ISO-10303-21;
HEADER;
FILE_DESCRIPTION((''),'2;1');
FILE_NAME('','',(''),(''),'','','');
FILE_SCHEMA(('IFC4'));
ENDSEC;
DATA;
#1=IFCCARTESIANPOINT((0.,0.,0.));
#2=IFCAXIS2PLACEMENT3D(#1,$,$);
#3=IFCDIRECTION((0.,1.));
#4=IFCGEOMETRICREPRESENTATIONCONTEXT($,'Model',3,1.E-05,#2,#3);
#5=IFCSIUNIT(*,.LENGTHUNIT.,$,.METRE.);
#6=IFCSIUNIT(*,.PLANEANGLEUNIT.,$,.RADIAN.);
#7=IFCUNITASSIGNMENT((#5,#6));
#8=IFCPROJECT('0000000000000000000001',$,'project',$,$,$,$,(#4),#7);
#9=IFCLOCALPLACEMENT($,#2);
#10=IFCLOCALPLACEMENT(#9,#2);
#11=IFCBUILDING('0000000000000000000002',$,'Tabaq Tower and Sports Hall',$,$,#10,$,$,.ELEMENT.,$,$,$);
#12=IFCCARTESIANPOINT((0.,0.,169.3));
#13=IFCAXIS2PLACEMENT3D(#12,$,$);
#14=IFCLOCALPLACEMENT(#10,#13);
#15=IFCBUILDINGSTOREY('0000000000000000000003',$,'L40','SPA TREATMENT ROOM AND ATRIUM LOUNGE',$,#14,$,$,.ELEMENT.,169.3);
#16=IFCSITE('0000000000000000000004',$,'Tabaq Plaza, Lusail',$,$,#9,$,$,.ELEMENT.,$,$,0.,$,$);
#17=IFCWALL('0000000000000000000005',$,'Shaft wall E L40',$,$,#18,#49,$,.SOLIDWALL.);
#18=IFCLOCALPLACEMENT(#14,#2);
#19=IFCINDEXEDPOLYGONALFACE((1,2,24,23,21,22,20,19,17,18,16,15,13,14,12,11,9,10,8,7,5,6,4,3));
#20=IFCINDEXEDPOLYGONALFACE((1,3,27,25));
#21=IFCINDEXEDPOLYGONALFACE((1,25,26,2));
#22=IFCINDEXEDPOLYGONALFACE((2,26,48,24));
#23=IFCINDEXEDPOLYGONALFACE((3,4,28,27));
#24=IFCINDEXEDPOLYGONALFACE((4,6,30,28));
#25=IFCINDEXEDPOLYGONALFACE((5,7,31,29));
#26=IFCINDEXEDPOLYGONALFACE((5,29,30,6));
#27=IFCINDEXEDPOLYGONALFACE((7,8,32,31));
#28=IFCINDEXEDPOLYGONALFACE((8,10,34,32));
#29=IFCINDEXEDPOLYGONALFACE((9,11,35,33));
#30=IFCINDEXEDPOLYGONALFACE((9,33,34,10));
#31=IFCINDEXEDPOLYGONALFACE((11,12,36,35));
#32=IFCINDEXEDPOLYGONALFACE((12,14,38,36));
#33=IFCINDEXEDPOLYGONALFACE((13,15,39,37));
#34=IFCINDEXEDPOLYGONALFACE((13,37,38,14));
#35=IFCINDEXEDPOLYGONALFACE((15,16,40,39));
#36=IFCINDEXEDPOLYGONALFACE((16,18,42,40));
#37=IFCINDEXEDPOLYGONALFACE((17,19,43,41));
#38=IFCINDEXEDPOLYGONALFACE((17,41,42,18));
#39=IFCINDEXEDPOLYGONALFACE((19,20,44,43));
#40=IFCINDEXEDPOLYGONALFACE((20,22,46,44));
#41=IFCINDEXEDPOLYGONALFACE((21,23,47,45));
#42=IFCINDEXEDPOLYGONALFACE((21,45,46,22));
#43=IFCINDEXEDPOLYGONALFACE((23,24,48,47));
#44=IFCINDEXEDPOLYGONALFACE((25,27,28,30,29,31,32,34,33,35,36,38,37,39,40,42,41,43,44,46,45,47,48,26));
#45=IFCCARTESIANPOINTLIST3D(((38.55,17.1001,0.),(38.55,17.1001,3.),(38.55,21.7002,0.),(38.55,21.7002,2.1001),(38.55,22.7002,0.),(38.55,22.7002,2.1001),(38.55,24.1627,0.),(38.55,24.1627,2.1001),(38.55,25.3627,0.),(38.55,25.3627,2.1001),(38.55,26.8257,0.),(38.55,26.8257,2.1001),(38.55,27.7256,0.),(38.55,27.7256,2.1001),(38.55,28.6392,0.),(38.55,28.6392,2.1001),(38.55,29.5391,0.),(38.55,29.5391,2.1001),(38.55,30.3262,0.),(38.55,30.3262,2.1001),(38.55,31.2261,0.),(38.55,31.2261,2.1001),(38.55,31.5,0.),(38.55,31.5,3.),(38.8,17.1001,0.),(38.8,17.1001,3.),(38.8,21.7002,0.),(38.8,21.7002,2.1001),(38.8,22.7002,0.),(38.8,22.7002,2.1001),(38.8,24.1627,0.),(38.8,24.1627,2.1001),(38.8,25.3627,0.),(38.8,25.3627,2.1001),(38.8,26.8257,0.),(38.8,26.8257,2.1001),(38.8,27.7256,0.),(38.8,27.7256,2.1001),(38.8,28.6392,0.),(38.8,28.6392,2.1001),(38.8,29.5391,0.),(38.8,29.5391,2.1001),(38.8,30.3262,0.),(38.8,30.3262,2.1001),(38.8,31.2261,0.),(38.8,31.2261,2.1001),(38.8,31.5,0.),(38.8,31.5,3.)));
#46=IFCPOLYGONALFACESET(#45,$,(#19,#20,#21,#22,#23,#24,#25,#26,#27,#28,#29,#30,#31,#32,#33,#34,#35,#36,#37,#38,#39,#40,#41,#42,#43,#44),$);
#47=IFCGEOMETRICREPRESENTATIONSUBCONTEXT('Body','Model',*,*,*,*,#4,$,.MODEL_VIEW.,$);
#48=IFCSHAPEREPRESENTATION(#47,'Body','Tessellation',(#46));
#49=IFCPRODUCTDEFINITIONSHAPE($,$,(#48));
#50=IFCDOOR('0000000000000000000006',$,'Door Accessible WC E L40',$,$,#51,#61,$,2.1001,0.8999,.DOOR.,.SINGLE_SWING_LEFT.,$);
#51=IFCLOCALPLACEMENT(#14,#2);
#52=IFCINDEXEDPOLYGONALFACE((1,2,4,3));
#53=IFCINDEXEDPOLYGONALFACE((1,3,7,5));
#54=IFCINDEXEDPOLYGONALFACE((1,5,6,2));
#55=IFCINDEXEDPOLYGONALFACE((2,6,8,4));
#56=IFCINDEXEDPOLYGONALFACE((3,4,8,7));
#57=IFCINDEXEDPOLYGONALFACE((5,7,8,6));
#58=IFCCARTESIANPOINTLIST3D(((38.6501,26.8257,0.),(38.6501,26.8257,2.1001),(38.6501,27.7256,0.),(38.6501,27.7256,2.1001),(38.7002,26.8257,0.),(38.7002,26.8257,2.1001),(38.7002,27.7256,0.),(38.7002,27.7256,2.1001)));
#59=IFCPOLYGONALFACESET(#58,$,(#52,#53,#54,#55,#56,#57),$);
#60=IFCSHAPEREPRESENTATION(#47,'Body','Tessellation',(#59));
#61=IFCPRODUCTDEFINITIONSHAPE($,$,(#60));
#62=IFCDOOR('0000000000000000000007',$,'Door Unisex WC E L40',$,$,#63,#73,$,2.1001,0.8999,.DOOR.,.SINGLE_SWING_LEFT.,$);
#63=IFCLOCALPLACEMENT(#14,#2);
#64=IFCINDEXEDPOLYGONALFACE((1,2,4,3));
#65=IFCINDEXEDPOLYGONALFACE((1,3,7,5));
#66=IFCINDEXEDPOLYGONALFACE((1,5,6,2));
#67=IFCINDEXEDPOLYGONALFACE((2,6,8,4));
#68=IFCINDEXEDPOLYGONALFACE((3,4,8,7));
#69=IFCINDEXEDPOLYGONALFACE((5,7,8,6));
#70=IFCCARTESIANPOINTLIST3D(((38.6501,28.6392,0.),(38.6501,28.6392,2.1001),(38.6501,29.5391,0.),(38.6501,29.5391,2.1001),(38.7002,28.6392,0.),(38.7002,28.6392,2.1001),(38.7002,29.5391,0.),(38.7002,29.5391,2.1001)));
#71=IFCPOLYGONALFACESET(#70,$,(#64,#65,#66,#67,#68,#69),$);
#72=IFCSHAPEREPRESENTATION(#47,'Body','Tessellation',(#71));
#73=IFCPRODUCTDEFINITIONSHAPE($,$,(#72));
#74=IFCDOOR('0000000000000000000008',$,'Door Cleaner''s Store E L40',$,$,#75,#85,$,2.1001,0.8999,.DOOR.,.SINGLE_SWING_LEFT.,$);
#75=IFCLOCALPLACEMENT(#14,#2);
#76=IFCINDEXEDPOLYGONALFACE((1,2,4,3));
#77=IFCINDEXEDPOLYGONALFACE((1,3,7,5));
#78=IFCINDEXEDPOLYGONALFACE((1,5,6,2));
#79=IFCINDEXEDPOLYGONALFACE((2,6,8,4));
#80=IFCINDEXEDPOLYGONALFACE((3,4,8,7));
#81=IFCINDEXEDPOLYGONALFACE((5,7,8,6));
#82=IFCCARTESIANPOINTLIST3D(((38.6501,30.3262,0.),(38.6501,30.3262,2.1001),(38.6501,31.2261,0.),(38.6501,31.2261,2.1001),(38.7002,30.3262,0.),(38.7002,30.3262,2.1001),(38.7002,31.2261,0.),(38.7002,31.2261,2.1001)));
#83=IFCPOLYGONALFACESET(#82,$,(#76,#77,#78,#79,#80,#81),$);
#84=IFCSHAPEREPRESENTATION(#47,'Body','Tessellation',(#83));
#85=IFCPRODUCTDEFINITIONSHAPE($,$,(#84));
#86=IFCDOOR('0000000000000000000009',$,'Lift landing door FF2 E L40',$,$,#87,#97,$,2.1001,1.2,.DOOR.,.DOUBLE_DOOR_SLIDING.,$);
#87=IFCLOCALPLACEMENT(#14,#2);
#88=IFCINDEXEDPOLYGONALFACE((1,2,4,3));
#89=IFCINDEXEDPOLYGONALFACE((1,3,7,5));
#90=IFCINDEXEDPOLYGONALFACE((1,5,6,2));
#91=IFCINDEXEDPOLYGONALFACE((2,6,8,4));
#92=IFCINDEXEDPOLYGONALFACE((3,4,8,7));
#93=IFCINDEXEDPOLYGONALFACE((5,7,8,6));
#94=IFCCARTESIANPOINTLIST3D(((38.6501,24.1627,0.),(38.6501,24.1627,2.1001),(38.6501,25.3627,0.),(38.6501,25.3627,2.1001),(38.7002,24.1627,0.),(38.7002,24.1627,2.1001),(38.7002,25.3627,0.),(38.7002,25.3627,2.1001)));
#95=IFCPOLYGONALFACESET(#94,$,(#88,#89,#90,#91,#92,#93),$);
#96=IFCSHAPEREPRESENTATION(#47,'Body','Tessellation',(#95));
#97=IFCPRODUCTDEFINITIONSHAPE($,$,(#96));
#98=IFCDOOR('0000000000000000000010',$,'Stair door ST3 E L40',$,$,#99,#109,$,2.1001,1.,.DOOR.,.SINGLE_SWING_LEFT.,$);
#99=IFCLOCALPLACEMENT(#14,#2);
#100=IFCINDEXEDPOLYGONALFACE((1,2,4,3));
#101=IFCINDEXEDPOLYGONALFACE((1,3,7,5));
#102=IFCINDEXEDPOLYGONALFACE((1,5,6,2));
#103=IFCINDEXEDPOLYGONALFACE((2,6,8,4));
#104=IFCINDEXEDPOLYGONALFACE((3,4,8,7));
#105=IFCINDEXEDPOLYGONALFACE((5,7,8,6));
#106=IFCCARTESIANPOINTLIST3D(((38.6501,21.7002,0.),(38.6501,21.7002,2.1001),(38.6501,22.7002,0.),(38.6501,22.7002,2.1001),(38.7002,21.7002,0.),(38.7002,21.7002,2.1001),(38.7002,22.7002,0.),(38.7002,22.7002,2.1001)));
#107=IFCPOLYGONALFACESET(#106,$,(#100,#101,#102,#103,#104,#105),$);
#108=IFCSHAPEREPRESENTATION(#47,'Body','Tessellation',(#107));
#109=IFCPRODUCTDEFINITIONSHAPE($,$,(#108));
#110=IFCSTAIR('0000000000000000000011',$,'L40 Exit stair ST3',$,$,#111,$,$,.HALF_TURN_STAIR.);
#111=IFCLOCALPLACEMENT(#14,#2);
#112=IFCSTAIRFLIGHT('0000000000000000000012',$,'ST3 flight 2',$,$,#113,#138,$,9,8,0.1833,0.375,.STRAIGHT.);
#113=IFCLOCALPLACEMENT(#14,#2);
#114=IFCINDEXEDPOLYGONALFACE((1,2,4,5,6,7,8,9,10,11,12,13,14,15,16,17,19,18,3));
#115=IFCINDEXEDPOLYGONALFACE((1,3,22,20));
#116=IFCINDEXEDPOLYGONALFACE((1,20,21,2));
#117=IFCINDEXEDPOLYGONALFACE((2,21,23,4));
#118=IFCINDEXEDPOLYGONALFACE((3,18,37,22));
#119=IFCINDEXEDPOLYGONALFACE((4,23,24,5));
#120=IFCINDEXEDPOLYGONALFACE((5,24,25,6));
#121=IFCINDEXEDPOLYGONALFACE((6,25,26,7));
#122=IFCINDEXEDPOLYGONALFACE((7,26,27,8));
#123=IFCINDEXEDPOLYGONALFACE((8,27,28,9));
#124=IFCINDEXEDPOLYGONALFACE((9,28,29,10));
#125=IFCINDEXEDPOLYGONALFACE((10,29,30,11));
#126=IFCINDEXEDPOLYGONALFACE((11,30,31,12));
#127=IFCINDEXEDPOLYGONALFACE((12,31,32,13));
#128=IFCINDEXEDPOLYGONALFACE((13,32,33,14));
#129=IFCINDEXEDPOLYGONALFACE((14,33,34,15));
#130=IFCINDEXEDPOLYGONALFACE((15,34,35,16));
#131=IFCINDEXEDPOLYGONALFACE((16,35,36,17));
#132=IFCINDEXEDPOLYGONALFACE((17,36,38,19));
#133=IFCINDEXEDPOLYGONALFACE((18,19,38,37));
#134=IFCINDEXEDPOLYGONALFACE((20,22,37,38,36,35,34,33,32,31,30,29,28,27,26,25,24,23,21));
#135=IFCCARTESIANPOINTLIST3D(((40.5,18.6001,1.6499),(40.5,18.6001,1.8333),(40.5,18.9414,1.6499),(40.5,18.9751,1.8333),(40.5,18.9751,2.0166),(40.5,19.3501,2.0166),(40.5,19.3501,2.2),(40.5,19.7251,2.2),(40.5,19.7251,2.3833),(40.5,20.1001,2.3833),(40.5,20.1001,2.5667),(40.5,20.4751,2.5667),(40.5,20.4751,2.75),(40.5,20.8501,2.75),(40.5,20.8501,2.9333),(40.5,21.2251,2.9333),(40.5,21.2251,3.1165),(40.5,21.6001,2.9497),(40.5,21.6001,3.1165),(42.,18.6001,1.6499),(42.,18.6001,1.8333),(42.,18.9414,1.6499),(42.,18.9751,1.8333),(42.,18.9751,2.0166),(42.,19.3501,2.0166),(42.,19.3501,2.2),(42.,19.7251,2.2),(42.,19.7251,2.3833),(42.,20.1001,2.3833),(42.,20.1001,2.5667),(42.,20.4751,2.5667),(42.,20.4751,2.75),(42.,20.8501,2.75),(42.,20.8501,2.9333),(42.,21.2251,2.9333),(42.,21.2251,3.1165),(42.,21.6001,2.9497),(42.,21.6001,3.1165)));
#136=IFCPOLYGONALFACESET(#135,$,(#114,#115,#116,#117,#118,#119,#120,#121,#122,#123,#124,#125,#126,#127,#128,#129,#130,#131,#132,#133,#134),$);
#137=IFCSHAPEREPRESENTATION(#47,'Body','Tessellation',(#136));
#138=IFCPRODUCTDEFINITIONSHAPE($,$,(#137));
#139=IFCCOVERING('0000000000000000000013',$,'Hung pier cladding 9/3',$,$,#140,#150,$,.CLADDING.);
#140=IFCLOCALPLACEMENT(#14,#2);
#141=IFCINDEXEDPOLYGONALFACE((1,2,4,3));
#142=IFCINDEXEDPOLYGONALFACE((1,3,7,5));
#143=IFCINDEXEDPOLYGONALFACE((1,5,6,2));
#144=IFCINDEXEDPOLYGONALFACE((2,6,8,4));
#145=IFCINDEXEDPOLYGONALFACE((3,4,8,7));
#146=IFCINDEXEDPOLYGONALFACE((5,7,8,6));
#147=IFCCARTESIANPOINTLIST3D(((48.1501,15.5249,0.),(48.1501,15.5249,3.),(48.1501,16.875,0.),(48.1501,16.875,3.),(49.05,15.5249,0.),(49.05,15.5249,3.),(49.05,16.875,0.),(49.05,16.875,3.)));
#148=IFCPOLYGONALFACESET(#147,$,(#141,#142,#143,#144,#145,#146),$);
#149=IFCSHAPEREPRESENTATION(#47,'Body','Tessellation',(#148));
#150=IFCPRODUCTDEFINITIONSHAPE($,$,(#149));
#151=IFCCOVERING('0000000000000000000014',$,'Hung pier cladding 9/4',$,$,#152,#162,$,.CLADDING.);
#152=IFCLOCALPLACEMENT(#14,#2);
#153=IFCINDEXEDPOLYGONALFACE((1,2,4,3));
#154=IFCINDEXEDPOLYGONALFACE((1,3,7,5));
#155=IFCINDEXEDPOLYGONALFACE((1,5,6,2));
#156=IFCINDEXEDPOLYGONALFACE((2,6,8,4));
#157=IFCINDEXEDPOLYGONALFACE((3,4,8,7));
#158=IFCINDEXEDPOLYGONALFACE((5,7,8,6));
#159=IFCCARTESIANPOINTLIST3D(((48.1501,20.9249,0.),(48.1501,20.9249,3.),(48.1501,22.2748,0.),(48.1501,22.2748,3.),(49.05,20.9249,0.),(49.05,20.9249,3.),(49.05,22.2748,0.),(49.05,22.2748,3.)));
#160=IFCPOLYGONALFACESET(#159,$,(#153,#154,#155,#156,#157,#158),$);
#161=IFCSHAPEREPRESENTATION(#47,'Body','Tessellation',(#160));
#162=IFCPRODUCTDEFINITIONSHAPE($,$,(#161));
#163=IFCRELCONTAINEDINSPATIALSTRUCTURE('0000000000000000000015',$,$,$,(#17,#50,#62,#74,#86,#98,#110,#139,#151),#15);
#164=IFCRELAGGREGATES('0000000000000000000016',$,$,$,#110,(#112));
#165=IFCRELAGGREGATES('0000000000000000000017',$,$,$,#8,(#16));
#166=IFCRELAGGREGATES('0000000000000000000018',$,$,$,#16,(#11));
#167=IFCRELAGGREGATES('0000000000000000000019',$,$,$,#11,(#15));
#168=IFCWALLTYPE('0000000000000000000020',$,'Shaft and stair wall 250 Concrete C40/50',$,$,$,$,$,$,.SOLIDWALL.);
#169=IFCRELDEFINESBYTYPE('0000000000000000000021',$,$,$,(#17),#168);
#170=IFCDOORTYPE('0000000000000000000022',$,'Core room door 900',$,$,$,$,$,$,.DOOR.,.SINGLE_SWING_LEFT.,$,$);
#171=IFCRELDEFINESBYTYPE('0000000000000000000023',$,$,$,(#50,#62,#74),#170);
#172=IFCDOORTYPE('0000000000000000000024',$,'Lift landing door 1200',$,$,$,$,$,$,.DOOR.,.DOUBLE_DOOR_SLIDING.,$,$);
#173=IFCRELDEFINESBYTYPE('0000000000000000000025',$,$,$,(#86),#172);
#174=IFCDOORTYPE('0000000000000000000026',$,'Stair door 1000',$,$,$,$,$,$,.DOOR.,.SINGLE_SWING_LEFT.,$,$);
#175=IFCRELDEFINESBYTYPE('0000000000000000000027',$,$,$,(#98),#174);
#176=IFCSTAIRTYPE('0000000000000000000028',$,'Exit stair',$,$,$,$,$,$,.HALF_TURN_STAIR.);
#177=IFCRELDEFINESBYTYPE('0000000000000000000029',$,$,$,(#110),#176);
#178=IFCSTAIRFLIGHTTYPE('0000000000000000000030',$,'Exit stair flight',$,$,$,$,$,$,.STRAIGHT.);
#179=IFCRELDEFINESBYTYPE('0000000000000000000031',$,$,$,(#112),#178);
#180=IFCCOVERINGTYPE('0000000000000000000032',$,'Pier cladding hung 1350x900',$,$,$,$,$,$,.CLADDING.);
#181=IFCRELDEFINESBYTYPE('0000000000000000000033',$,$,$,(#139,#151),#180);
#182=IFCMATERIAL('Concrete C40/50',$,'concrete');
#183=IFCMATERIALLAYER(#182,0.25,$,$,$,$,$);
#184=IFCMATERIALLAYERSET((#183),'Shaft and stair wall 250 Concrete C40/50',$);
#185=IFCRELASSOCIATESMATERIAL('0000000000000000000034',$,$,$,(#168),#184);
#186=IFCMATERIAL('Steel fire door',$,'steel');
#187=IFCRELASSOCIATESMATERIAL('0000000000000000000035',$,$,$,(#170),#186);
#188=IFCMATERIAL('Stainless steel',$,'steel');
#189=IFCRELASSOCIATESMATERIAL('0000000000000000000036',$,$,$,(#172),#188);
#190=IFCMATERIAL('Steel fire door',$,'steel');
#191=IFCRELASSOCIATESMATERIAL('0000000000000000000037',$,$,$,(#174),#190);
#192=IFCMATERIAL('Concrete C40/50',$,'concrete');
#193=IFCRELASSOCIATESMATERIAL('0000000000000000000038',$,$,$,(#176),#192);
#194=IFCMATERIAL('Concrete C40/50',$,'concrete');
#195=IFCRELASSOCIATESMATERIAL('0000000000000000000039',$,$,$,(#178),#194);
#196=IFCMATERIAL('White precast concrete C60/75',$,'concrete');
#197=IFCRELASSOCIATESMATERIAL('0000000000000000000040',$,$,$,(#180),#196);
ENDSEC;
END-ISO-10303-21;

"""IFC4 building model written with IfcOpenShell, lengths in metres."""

from ifc_helpers import new_model, si_unit, direction, frame, frame_2d, origin, place, context, subcontext, project, spatial, polyline, rectangle, outline, extrude, material, layer, layer_set, type_object, element, fill, aggregate, save


model = new_model("IFC4")

# Units and contexts
model_context = context("Model", 3, precision=1e-05, world=origin(), true_north=direction((0.0, 1.0)))
body_context = subcontext(model_context, "Body", "Model", "MODEL_VIEW")
ifc_project = project(units=[si_unit("LENGTHUNIT", "METRE"), si_unit("PLANEANGLEUNIT", "RADIAN")], contexts=[model_context])

# Site, building, storey
site_placement = place(None, origin())
site = spatial("IfcSite", under=ifc_project, at=site_placement, Name="Tabaq Plaza, Lusail", CompositionType="ELEMENT", RefElevation=0.0)
building_placement = place(site_placement, origin())
building = spatial("IfcBuilding", under=site, at=building_placement, Name="Tabaq Tower and Sports Hall", CompositionType="ELEMENT")
storey_placement = place(building_placement, frame((0.0, 0.0, 169.3)))
storey = spatial("IfcBuildingStorey", under=building, at=storey_placement, Name="L40", Description="SPA TREATMENT ROOM AND ATRIUM LOUNGE", CompositionType="ELEMENT", Elevation=169.3)

# Wall, openings, doors
ifc_material_1 = material(Name="Concrete C40/50", Category="concrete")
ifc_layer_1 = layer(ifc_material_1, 0.25)
ifc_layer_set_1 = layer_set([ifc_layer_1], Name="Shaft and stair wall 250 Concrete C40/50")
wall_type_1 = type_object("IfcWallType", Name="Shaft and stair wall 250 Concrete C40/50", PredefinedType="SOLIDWALL", material=ifc_layer_set_1)
wall_1_placement = place(storey_placement, frame((38.675, 17.1001, 0.0), z_axis=(0.0, 0.0, 1.0), x_axis=(0.0, 1.0, 0.0)))
wall_1 = element("IfcWall", 1, at=wall_1_placement, inside=storey, type_object=wall_type_1, Name="Shaft wall E L40", PredefinedType="SOLIDWALL", context=body_context, shape_type="SweptSolid", body=[
    extrude(rectangle(XDim=14.3999, YDim=0.25, at=frame_2d((7.2, 0.0))), origin(), (0.0, 0.0, 1.0), 3.0),
])
opening_1_placement = place(wall_1_placement, frame((4.6001, 0.0, 0.0)))
opening_1 = element("IfcOpeningElement", 2, at=opening_1_placement, cuts=wall_1, PredefinedType="OPENING", context=body_context, shape_type="SweptSolid", body=[
    extrude(rectangle(XDim=1.0, YDim=2.1001, at=frame_2d((0.5, 1.05))), frame((0.0, 0.125, 0.0), z_axis=(0.0, -1.0, 0.0), x_axis=(1.0, 0.0, 0.0)), (0.0, 0.0, 1.0), 0.25),
])
opening_2_placement = place(wall_1_placement, frame((7.0625, 0.0, 0.0)))
opening_2 = element("IfcOpeningElement", 3, at=opening_2_placement, cuts=wall_1, PredefinedType="OPENING", context=body_context, shape_type="SweptSolid", body=[
    extrude(rectangle(XDim=1.2, YDim=2.1001, at=frame_2d((0.6001, 1.05))), frame((0.0, 0.125, 0.0), z_axis=(0.0, -1.0, 0.0), x_axis=(1.0, 0.0, 0.0)), (0.0, 0.0, 1.0), 0.25),
])
opening_3_placement = place(wall_1_placement, frame((9.7256, 0.0, 0.0)))
opening_3 = element("IfcOpeningElement", 4, at=opening_3_placement, cuts=wall_1, PredefinedType="OPENING", context=body_context, shape_type="SweptSolid", body=[
    extrude(rectangle(XDim=0.8999, YDim=2.1001, at=frame_2d((0.45, 1.05))), frame((0.0, 0.125, 0.0), z_axis=(0.0, -1.0, 0.0), x_axis=(1.0, 0.0, 0.0)), (0.0, 0.0, 1.0), 0.25),
])
opening_4_placement = place(wall_1_placement, frame((11.5391, 0.0, 0.0)))
opening_4 = element("IfcOpeningElement", 5, at=opening_4_placement, cuts=wall_1, PredefinedType="OPENING", context=body_context, shape_type="SweptSolid", body=[
    extrude(rectangle(XDim=0.8999, YDim=2.1001, at=frame_2d((0.45, 1.05))), frame((0.0, 0.125, 0.0), z_axis=(0.0, -1.0, 0.0), x_axis=(1.0, 0.0, 0.0)), (0.0, 0.0, 1.0), 0.25),
])
opening_5_placement = place(wall_1_placement, frame((13.2261, 0.0, 0.0)))
opening_5 = element("IfcOpeningElement", 6, at=opening_5_placement, cuts=wall_1, PredefinedType="OPENING", context=body_context, shape_type="SweptSolid", body=[
    extrude(rectangle(XDim=0.8999, YDim=2.1001, at=frame_2d((0.45, 1.05))), frame((0.0, 0.125, 0.0), z_axis=(0.0, -1.0, 0.0), x_axis=(1.0, 0.0, 0.0)), (0.0, 0.0, 1.0), 0.25),
])
ifc_material_2 = material(Name="Steel fire door", Category="steel")
door_type_1 = type_object("IfcDoorType", Name="Core room door 900", OperationType="SINGLE_SWING_LEFT", PredefinedType="DOOR", material=ifc_material_2)
door_1_placement = place(opening_3_placement, origin())
door_1 = element("IfcDoor", 7, at=door_1_placement, inside=storey, type_object=door_type_1, Name="Door Accessible WC E L40", OperationType="SINGLE_SWING_LEFT", OverallHeight=2.1001, OverallWidth=0.8999, PredefinedType="DOOR", context=body_context, shape_type="SweptSolid", body=[
    extrude(rectangle(XDim=0.8999, YDim=2.1001, at=frame_2d((0.45, 1.05))), frame((0.0, 0.0249, 0.0), z_axis=(0.0, -1.0, 0.0), x_axis=(1.0, 0.0, 0.0)), (0.0, 0.0, 1.0), 0.05),
])
fill(opening_3, door_1)
door_2_placement = place(opening_4_placement, origin())
door_2 = element("IfcDoor", 8, at=door_2_placement, inside=storey, type_object=door_type_1, Name="Door Unisex WC E L40", OperationType="SINGLE_SWING_LEFT", OverallHeight=2.1001, OverallWidth=0.8999, PredefinedType="DOOR", context=body_context, shape_type="SweptSolid", body=[
    extrude(rectangle(XDim=0.8999, YDim=2.1001, at=frame_2d((0.45, 1.05))), frame((0.0, 0.0249, 0.0), z_axis=(0.0, -1.0, 0.0), x_axis=(1.0, 0.0, 0.0)), (0.0, 0.0, 1.0), 0.05),
])
fill(opening_4, door_2)
door_3_placement = place(opening_5_placement, origin())
door_3 = element("IfcDoor", 9, at=door_3_placement, inside=storey, type_object=door_type_1, Name="Door Cleaner's Store E L40", OperationType="SINGLE_SWING_LEFT", OverallHeight=2.1001, OverallWidth=0.8999, PredefinedType="DOOR", context=body_context, shape_type="SweptSolid", body=[
    extrude(rectangle(XDim=0.8999, YDim=2.1001, at=frame_2d((0.45, 1.05))), frame((0.0, 0.0249, 0.0), z_axis=(0.0, -1.0, 0.0), x_axis=(1.0, 0.0, 0.0)), (0.0, 0.0, 1.0), 0.05),
])
fill(opening_5, door_3)
ifc_material_3 = material(Name="Stainless steel", Category="steel")
door_type_2 = type_object("IfcDoorType", Name="Lift landing door 1200", OperationType="DOUBLE_DOOR_SLIDING", PredefinedType="DOOR", material=ifc_material_3)
door_4_placement = place(opening_2_placement, origin())
door_4 = element("IfcDoor", 10, at=door_4_placement, inside=storey, type_object=door_type_2, Name="Lift landing door FF2 E L40", OperationType="DOUBLE_DOOR_SLIDING", OverallHeight=2.1001, OverallWidth=1.2, PredefinedType="DOOR", context=body_context, shape_type="SweptSolid", body=[
    extrude(rectangle(XDim=1.2, YDim=2.1001, at=frame_2d((0.6001, 1.05))), frame((0.0, 0.0249, 0.0), z_axis=(0.0, -1.0, 0.0), x_axis=(1.0, 0.0, 0.0)), (0.0, 0.0, 1.0), 0.05),
])
fill(opening_2, door_4)
ifc_material_4 = material(Name="Steel fire door", Category="steel")
door_type_3 = type_object("IfcDoorType", Name="Stair door 1000", OperationType="SINGLE_SWING_LEFT", PredefinedType="DOOR", material=ifc_material_4)
door_5_placement = place(opening_1_placement, origin())
door_5 = element("IfcDoor", 11, at=door_5_placement, inside=storey, type_object=door_type_3, Name="Stair door ST3 E L40", OperationType="SINGLE_SWING_LEFT", OverallHeight=2.1001, OverallWidth=1.0, PredefinedType="DOOR", context=body_context, shape_type="SweptSolid", body=[
    extrude(rectangle(XDim=1.0, YDim=2.1001, at=frame_2d((0.5, 1.05))), frame((0.0, 0.0249, 0.0), z_axis=(0.0, -1.0, 0.0), x_axis=(1.0, 0.0, 0.0)), (0.0, 0.0, 1.0), 0.05),
])
fill(opening_1, door_5)

# Stair, stair flight
ifc_material_5 = material(Name="Concrete C40/50", Category="concrete")
stair_type = type_object("IfcStairType", Name="Exit stair", PredefinedType="HALF_TURN_STAIR", material=ifc_material_5)
stair_placement = place(storey_placement, origin())
stair = element("IfcStair", 12, at=stair_placement, inside=storey, type_object=stair_type, Name="L40 Exit stair ST3", PredefinedType="HALF_TURN_STAIR")
ifc_material_6 = material(Name="Concrete C40/50", Category="concrete")
stair_flight_type = type_object("IfcStairFlightType", Name="Exit stair flight", PredefinedType="STRAIGHT", material=ifc_material_6)
stair_flight_placement = place(storey_placement, frame((41.25, 18.6001, 1.6499), z_axis=(0.0, 0.0, 1.0), x_axis=(0.0, 1.0, 0.0)))
stair_flight = element("IfcStairFlight", 13, at=stair_flight_placement, type_object=stair_flight_type, Name="ST3 flight 2", NumberOfRisers=9, NumberOfTreads=8, PredefinedType="STRAIGHT", RiserHeight=0.1833, TreadLength=0.375, context=body_context, shape_type="SweptSolid", body=[
    extrude(outline(polyline([(0.0, 0.0), (0.0, 0.1833), (0.375, 0.1833), (0.375, 0.3667), (0.75, 0.3667), (0.75, 0.55), (1.125, 0.55), (1.125, 0.7334), (1.5, 0.7334), (1.5, 0.9167), (1.875, 0.9167), (1.875, 1.1001), (2.25, 1.1001), (2.25, 1.2834), (2.625, 1.2834), (2.625, 1.4666), (3.0, 1.4666), (3.0, 1.6499), (3.0, 1.2998), (0.3413, 0.0), (0.0, 0.0)])), frame((0.0, 0.75, 0.0), z_axis=(0.0, -1.0, 0.0), x_axis=(1.0, 0.0, 0.0)), (0.0, 0.0, 1.0), 1.5),
])
aggregate(stair, [stair_flight])

# Coverings
ifc_material_7 = material(Name="White precast concrete C60/75", Category="concrete")
covering_type_1 = type_object("IfcCoveringType", Name="Pier cladding hung 1350x900", PredefinedType="CLADDING", material=ifc_material_7)
covering_1_placement = place(storey_placement, frame((48.6001, 15.5249, 0.0), z_axis=(0.0, 0.0, 1.0), x_axis=(0.0, 1.0, 0.0)))
element("IfcCovering", 14, at=covering_1_placement, inside=storey, type_object=covering_type_1, Name="Hung pier cladding 9/3", PredefinedType="CLADDING", context=body_context, shape_type="SweptSolid", body=[
    extrude(rectangle(XDim=1.3501, YDim=0.8999, at=frame_2d((0.675, 0.0))), origin(), (0.0, 0.0, 1.0), 3.0),
])
covering_2_placement = place(storey_placement, frame((48.6001, 20.925, 0.0), z_axis=(0.0, 0.0, 1.0), x_axis=(0.0, 1.0, 0.0)))
element("IfcCovering", 15, at=covering_2_placement, inside=storey, type_object=covering_type_1, Name="Hung pier cladding 9/4", PredefinedType="CLADDING", context=body_context, shape_type="SweptSolid", body=[
    extrude(rectangle(XDim=1.3499, YDim=0.8999, at=frame_2d((0.6748, 0.0))), origin(), (0.0, 0.0, 1.0), 3.0),
])

save(model, "model.ifc")
